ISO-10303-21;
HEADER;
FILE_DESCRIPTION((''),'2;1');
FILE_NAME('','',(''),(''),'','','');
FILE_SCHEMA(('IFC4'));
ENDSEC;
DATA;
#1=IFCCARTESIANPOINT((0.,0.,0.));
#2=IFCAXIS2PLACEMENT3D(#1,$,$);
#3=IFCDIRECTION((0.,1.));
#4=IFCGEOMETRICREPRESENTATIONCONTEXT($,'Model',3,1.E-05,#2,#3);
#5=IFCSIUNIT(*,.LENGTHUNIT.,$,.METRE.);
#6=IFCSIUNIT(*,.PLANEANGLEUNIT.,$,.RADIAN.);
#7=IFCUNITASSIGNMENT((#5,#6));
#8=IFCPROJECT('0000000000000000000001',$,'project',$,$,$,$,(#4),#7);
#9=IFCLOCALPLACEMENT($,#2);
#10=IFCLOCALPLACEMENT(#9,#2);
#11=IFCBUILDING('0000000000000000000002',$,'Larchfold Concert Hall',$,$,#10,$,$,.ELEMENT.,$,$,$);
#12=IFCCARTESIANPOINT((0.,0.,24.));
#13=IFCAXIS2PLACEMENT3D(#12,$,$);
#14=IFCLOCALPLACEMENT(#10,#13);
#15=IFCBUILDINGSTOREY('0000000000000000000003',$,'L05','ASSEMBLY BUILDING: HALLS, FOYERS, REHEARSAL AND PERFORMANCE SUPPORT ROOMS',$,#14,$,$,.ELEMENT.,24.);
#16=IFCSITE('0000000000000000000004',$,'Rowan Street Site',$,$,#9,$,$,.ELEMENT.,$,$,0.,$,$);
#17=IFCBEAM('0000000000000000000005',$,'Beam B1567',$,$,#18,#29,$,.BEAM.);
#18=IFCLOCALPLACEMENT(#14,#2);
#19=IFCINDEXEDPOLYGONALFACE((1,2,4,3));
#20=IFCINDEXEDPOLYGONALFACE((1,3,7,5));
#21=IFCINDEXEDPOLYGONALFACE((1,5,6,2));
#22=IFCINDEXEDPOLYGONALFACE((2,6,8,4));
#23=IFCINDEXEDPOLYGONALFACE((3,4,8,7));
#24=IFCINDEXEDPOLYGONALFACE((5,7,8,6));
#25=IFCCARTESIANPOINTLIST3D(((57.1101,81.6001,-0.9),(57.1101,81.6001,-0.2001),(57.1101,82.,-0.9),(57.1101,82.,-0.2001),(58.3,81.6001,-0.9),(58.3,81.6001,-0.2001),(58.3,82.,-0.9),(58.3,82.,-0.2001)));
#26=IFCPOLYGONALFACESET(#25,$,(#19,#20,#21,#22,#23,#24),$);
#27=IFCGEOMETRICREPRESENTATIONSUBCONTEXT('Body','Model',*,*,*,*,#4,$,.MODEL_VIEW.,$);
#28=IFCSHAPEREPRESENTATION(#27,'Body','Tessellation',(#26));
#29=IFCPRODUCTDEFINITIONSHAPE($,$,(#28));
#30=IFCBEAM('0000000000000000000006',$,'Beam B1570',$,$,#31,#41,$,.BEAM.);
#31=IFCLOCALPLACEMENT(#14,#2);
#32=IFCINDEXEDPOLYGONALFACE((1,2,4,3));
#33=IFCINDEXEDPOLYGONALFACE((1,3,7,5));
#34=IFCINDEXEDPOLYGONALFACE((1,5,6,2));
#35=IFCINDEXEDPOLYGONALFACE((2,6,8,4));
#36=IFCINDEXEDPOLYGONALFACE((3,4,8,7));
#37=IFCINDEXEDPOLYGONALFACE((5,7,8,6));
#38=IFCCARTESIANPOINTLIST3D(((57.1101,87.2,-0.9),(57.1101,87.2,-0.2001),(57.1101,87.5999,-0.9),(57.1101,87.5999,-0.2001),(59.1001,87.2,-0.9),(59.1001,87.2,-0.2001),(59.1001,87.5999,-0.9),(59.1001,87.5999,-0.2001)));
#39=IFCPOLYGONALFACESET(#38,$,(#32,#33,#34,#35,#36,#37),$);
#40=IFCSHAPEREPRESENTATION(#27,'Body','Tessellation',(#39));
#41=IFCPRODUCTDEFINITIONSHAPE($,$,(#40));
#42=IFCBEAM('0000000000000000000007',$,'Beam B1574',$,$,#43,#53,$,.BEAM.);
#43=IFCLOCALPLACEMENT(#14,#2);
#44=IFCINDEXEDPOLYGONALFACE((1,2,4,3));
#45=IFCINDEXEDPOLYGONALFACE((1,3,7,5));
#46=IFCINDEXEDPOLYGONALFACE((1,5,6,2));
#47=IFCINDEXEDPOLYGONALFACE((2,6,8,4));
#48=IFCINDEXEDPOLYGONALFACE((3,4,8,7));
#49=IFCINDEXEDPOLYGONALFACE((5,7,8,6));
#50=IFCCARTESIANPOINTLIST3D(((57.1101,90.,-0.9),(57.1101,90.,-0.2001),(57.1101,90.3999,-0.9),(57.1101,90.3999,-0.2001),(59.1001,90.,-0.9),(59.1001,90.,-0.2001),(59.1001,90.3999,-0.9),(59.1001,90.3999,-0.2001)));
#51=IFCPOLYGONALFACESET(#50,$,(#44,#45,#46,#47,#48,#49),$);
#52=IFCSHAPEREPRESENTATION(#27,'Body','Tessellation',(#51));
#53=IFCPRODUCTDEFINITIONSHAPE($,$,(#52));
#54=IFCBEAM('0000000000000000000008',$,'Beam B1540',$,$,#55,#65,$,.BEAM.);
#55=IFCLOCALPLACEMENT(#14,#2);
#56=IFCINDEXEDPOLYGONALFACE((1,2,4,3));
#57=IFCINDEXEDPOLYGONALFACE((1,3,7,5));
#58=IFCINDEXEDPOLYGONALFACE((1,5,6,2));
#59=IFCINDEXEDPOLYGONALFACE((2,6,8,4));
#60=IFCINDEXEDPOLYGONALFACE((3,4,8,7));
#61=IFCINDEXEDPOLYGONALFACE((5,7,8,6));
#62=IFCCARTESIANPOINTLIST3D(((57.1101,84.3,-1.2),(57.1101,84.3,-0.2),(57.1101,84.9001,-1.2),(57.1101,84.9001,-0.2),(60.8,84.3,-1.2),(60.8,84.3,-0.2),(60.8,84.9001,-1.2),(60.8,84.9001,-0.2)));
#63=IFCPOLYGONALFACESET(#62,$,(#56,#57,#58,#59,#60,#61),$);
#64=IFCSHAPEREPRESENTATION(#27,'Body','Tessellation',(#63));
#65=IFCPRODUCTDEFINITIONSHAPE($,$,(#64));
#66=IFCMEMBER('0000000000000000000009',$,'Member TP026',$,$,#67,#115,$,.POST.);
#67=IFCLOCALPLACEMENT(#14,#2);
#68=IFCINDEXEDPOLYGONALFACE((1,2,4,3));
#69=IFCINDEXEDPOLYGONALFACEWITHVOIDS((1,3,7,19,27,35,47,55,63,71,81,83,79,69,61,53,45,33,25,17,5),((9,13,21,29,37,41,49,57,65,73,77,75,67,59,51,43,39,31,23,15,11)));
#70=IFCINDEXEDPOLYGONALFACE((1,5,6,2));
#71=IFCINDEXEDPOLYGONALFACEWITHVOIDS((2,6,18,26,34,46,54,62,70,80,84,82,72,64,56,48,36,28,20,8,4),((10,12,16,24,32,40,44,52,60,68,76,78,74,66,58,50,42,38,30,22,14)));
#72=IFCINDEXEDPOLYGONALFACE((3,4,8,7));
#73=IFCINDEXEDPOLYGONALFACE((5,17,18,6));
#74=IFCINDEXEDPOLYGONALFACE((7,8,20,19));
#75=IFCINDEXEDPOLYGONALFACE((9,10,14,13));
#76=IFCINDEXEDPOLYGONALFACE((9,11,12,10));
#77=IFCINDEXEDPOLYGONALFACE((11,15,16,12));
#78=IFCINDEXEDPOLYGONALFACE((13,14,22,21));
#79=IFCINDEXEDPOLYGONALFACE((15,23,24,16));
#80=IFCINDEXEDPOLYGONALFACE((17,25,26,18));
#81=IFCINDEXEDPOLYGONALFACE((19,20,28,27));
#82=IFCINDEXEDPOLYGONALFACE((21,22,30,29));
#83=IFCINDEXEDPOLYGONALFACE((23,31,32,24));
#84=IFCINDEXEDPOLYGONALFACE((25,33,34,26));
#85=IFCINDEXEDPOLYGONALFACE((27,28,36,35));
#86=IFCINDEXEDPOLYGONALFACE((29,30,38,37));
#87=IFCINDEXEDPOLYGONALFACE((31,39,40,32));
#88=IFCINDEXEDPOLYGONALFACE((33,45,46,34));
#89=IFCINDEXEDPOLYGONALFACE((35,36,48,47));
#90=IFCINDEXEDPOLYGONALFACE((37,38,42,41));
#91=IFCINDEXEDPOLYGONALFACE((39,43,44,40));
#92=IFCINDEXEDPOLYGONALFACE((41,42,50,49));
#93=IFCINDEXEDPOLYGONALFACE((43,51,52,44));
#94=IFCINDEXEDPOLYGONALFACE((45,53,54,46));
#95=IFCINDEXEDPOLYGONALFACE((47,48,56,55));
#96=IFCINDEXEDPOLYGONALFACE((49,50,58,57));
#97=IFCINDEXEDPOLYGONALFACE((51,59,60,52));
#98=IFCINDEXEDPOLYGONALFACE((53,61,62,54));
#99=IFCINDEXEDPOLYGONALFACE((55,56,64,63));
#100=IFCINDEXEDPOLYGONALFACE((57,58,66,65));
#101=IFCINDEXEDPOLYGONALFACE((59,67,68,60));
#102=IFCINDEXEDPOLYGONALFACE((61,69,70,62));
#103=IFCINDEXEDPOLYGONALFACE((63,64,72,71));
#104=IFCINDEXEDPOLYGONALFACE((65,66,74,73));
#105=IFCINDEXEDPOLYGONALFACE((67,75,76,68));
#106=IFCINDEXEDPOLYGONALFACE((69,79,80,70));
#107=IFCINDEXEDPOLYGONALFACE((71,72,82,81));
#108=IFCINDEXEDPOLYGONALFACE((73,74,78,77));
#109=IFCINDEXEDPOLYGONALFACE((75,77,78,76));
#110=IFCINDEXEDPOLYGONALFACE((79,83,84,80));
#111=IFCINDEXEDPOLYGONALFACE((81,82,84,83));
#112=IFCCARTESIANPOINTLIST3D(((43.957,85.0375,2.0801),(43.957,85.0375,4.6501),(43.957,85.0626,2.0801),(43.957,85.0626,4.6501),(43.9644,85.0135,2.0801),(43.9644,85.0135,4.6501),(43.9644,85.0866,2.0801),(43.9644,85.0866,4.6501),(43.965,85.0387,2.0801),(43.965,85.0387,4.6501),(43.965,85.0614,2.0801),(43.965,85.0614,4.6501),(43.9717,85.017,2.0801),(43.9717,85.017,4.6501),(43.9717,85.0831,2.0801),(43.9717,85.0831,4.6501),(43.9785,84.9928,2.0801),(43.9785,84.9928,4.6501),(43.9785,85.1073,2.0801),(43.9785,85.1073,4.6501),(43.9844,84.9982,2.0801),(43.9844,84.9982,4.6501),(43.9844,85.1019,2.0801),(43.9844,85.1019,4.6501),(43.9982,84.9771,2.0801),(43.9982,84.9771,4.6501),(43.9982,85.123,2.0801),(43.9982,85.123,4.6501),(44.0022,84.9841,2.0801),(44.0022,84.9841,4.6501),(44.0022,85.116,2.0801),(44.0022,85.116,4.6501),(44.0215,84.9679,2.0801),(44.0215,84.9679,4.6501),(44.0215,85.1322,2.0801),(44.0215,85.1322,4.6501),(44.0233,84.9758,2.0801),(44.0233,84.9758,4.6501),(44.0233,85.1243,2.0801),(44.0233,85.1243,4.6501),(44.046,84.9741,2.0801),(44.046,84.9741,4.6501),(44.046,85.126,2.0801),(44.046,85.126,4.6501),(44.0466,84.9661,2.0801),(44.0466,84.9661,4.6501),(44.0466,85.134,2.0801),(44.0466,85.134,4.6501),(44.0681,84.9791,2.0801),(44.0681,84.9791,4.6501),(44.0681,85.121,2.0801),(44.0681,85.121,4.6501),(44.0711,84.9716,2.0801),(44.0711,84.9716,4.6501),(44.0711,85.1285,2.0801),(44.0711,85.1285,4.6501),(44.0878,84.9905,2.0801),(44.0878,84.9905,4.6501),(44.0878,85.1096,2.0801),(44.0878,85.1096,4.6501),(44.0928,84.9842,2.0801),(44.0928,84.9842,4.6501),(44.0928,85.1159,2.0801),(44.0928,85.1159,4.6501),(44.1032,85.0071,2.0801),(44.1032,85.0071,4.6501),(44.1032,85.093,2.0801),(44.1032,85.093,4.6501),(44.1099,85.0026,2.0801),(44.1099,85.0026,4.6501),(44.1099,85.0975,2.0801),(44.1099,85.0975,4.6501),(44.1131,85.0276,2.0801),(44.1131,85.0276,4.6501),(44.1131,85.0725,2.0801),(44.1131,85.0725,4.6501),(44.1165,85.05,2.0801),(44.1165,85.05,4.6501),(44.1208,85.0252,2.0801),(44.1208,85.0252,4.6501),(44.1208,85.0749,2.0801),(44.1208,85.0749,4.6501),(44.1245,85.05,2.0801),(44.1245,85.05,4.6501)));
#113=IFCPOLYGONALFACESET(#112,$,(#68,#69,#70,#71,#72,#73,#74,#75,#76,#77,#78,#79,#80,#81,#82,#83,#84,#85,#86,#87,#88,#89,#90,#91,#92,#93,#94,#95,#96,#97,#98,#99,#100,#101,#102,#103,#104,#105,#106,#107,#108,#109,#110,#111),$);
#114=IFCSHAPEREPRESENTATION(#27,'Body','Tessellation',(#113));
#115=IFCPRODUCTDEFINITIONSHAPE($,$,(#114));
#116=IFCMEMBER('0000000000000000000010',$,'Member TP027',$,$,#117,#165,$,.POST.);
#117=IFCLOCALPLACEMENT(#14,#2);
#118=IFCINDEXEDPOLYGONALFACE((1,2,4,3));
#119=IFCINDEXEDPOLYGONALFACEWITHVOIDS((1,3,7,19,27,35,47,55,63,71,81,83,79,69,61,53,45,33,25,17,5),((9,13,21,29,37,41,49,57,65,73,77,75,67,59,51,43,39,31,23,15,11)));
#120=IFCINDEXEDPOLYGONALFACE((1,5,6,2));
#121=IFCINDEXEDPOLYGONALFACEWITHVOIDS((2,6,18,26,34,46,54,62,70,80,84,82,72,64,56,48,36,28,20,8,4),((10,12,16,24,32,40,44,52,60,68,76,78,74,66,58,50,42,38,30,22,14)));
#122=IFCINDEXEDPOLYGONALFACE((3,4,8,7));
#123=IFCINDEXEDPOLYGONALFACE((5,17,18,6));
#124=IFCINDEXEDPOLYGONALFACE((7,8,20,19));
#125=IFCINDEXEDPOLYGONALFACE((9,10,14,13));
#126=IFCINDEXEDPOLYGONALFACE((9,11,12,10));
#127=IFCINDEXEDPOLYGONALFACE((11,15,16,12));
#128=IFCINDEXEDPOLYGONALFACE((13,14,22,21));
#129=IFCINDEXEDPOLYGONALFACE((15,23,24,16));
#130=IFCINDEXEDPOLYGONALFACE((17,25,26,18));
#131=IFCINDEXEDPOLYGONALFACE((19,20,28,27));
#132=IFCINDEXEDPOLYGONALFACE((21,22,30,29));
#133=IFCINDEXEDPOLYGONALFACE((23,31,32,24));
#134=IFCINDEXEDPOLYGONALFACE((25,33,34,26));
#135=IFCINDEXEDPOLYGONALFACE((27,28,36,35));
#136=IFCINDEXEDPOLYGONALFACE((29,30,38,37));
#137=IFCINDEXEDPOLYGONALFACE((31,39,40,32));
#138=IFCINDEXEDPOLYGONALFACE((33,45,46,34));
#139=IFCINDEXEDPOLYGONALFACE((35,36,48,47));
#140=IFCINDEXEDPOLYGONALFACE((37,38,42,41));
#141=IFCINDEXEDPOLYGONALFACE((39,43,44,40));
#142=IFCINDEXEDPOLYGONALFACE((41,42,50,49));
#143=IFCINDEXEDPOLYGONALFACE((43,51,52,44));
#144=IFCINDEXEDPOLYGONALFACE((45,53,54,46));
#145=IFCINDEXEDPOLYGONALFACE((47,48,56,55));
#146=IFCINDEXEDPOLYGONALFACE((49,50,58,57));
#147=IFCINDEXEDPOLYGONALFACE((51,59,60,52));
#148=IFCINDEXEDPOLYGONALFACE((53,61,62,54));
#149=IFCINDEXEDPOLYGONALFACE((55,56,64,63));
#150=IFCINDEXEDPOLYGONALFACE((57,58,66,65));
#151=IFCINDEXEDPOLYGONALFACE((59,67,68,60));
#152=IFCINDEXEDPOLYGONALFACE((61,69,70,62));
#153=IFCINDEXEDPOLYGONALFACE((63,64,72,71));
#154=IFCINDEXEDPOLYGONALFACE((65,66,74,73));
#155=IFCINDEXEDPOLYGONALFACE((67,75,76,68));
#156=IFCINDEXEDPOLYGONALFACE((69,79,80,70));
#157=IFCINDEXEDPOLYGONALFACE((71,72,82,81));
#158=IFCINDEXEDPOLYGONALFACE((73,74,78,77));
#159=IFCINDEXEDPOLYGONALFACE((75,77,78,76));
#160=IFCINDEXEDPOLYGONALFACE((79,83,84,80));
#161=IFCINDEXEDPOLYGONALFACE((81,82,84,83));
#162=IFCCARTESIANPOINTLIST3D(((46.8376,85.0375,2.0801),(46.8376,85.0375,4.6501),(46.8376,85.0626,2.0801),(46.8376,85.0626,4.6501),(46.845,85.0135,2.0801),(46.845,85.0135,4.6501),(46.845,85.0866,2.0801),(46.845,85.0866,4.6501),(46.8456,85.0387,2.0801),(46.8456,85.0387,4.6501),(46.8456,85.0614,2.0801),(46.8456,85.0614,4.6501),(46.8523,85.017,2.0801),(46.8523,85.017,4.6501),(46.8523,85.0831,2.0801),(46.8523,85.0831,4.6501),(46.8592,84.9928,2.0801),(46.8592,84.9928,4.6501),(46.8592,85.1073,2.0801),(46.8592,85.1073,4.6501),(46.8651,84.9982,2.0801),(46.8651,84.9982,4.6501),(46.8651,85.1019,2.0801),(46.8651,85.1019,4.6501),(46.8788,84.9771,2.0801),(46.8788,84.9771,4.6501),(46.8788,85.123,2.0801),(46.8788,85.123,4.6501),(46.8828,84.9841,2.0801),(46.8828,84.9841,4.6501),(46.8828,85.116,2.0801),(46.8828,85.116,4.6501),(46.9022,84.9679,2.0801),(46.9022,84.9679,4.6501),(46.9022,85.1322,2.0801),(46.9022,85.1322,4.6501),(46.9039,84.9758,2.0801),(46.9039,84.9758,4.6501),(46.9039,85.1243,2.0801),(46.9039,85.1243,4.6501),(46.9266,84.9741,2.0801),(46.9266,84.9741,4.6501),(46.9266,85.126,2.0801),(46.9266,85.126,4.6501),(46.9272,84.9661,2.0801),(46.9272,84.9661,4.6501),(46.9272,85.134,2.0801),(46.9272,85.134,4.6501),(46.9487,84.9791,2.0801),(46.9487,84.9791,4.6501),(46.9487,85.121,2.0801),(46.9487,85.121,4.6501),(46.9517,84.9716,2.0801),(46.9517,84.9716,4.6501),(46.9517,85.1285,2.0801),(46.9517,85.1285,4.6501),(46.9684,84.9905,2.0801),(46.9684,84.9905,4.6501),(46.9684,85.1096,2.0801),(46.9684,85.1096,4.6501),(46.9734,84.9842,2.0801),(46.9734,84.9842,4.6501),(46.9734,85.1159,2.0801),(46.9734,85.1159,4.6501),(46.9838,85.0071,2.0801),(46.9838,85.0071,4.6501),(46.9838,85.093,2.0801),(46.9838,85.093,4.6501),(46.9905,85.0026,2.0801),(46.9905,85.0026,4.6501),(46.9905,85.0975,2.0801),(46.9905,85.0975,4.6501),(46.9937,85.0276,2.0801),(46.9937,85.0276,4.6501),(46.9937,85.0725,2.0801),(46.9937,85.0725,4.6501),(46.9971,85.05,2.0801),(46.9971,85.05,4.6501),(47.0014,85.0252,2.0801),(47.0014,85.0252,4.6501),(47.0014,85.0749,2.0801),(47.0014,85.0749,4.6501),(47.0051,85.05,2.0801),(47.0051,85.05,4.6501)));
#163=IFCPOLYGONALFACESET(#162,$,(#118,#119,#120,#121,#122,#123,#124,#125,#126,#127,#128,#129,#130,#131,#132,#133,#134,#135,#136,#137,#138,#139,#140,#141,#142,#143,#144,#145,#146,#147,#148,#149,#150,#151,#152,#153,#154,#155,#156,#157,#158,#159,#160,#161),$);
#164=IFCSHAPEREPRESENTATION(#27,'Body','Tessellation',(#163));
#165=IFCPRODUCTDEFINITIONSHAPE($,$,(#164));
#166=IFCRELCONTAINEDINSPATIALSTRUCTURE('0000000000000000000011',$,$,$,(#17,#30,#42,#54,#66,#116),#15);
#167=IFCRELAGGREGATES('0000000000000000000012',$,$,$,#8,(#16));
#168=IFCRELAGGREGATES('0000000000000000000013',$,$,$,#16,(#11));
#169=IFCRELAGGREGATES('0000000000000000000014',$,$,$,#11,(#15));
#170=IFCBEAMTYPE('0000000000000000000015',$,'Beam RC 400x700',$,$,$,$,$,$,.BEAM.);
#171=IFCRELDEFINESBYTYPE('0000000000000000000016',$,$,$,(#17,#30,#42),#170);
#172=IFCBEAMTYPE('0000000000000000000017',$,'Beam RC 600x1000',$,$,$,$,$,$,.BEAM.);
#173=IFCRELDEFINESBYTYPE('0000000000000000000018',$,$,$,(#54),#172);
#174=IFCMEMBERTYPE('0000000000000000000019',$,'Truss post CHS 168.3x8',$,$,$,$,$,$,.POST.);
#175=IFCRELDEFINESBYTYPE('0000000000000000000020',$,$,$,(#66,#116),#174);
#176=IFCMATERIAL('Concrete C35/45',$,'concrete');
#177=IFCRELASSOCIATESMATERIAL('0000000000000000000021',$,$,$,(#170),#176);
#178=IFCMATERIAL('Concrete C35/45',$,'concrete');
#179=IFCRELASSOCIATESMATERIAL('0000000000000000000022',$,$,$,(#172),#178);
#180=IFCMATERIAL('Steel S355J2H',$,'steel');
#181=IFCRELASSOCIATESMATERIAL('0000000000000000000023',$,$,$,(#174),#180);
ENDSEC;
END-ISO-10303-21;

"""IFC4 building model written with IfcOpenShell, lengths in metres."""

from ifc_helpers import new_model, si_unit, direction, frame, origin, origin_2d, place, context, subcontext, project, spatial, rectangle, hollow_circle, extrude, material, material_profile, profile_set, type_object, element, save


model = new_model("IFC4")

# Units and contexts
model_context = context("Model", 3, precision=1e-05, world=origin(), true_north=direction((0.0, 1.0)))
body_context = subcontext(model_context, "Body", "Model", "MODEL_VIEW")
ifc_project = project(units=[si_unit("LENGTHUNIT", "METRE"), si_unit("PLANEANGLEUNIT", "RADIAN")], contexts=[model_context])

# Site, building, storey
site_placement = place(None, origin())
site = spatial("IfcSite", under=ifc_project, at=site_placement, Name="Rowan Street Site", CompositionType="ELEMENT", RefElevation=0.0)
building_placement = place(site_placement, origin())
building = spatial("IfcBuilding", under=site, at=building_placement, Name="Larchfold Concert Hall", CompositionType="ELEMENT")
storey_placement = place(building_placement, frame((0.0, 0.0, 24.0)))
storey = spatial("IfcBuildingStorey", under=building, at=storey_placement, Name="L05", Description="ASSEMBLY BUILDING: HALLS, FOYERS, REHEARSAL AND PERFORMANCE SUPPORT ROOMS", CompositionType="ELEMENT", Elevation=24.0)

# Beams
ifc_material_1 = material(Name="Concrete C35/45", Category="concrete")
ifc_material_profile_1 = material_profile(ifc_material_1, rectangle(XDim=0.3999, YDim=0.7, at=origin_2d()))
ifc_profile_set_1 = profile_set([ifc_material_profile_1], Name="Concrete C35/45")
beam_type_1 = type_object("IfcBeamType", Name="Beam RC 400x700", PredefinedType="BEAM", material=ifc_profile_set_1)
beam_1_placement = place(storey_placement, frame((57.1101, 81.8, -0.55), z_axis=(1.0, 0.0, 0.0), x_axis=(0.0, 1.0, 0.0)))
element("IfcBeam", 1, at=beam_1_placement, inside=storey, type_object=beam_type_1, Name="Beam B1567", PredefinedType="BEAM", context=body_context, shape_type="SweptSolid", body=[
    extrude(rectangle(XDim=0.3999, YDim=0.7, at=origin_2d()), origin(), (0.0, 0.0, 1.0), 1.1899),
])
for number, where, z_axis, x_axis, name in (
    (2, (57.1101, 87.3999, -0.55), (1.0, 0.0, 0.0), (0.0, 1.0, 0.0), "Beam B1570"),
    (3, (57.1101, 90.2, -0.55), (1.0, 0.0, 0.0), (0.0, 1.0, 0.0), "Beam B1574"),
):
    element("IfcBeam", number, at=place(storey_placement, frame(where, z_axis=z_axis, x_axis=x_axis)), inside=storey, type_object=beam_type_1, Name=name, PredefinedType="BEAM", context=body_context, shape_type="SweptSolid", body=[
        extrude(rectangle(XDim=0.3999, YDim=0.7, at=origin_2d()), origin(), (0.0, 0.0, 1.0), 1.99),
    ])
ifc_material_2 = material(Name="Concrete C35/45", Category="concrete")
ifc_material_profile_2 = material_profile(ifc_material_2, rectangle(XDim=0.6001, YDim=1.0, at=origin_2d()))
ifc_profile_set_2 = profile_set([ifc_material_profile_2], Name="Concrete C35/45")
beam_type_2 = type_object("IfcBeamType", Name="Beam RC 600x1000", PredefinedType="BEAM", material=ifc_profile_set_2)
beam_2_placement = place(storey_placement, frame((57.1101, 84.6001, -0.7), z_axis=(1.0, 0.0, 0.0), x_axis=(0.0, 1.0, 0.0)))
element("IfcBeam", 4, at=beam_2_placement, inside=storey, type_object=beam_type_2, Name="Beam B1540", PredefinedType="BEAM", context=body_context, shape_type="SweptSolid", body=[
    extrude(rectangle(XDim=0.6001, YDim=1.0, at=origin_2d()), origin(), (0.0, 0.0, 1.0), 3.6899),
])

# Members
ifc_material_3 = material(Name="Steel S355J2H", Category="steel")
ifc_material_profile_3 = material_profile(ifc_material_3, hollow_circle(Radius=0.0842, WallThickness=0.0081, at=origin_2d()))
ifc_profile_set_3 = profile_set([ifc_material_profile_3], Name="Steel S355J2H")
member_type = type_object("IfcMemberType", Name="Truss post CHS 168.3x8", PredefinedType="POST", material=ifc_profile_set_3)
for number, where, z_axis, x_axis, name in (
    (5, (44.0403, 85.05, 2.0801), (0.0, 0.0, 1.0), (1.0, 0.0, 0.0), "Member TP026"),
    (6, (46.9209, 85.05, 2.0801), (0.0, 0.0, 1.0), (1.0, 0.0, 0.0), "Member TP027"),
):
    element("IfcMember", number, at=place(storey_placement, frame(where, z_axis=z_axis, x_axis=x_axis)), inside=storey, type_object=member_type, Name=name, PredefinedType="POST", context=body_context, shape_type="SweptSolid", body=[
        extrude(hollow_circle(Radius=0.0842, WallThickness=0.0081, at=origin_2d()), origin(), (0.0, 0.0, 1.0), 2.5701),
    ])

save(model, "model.ifc")
